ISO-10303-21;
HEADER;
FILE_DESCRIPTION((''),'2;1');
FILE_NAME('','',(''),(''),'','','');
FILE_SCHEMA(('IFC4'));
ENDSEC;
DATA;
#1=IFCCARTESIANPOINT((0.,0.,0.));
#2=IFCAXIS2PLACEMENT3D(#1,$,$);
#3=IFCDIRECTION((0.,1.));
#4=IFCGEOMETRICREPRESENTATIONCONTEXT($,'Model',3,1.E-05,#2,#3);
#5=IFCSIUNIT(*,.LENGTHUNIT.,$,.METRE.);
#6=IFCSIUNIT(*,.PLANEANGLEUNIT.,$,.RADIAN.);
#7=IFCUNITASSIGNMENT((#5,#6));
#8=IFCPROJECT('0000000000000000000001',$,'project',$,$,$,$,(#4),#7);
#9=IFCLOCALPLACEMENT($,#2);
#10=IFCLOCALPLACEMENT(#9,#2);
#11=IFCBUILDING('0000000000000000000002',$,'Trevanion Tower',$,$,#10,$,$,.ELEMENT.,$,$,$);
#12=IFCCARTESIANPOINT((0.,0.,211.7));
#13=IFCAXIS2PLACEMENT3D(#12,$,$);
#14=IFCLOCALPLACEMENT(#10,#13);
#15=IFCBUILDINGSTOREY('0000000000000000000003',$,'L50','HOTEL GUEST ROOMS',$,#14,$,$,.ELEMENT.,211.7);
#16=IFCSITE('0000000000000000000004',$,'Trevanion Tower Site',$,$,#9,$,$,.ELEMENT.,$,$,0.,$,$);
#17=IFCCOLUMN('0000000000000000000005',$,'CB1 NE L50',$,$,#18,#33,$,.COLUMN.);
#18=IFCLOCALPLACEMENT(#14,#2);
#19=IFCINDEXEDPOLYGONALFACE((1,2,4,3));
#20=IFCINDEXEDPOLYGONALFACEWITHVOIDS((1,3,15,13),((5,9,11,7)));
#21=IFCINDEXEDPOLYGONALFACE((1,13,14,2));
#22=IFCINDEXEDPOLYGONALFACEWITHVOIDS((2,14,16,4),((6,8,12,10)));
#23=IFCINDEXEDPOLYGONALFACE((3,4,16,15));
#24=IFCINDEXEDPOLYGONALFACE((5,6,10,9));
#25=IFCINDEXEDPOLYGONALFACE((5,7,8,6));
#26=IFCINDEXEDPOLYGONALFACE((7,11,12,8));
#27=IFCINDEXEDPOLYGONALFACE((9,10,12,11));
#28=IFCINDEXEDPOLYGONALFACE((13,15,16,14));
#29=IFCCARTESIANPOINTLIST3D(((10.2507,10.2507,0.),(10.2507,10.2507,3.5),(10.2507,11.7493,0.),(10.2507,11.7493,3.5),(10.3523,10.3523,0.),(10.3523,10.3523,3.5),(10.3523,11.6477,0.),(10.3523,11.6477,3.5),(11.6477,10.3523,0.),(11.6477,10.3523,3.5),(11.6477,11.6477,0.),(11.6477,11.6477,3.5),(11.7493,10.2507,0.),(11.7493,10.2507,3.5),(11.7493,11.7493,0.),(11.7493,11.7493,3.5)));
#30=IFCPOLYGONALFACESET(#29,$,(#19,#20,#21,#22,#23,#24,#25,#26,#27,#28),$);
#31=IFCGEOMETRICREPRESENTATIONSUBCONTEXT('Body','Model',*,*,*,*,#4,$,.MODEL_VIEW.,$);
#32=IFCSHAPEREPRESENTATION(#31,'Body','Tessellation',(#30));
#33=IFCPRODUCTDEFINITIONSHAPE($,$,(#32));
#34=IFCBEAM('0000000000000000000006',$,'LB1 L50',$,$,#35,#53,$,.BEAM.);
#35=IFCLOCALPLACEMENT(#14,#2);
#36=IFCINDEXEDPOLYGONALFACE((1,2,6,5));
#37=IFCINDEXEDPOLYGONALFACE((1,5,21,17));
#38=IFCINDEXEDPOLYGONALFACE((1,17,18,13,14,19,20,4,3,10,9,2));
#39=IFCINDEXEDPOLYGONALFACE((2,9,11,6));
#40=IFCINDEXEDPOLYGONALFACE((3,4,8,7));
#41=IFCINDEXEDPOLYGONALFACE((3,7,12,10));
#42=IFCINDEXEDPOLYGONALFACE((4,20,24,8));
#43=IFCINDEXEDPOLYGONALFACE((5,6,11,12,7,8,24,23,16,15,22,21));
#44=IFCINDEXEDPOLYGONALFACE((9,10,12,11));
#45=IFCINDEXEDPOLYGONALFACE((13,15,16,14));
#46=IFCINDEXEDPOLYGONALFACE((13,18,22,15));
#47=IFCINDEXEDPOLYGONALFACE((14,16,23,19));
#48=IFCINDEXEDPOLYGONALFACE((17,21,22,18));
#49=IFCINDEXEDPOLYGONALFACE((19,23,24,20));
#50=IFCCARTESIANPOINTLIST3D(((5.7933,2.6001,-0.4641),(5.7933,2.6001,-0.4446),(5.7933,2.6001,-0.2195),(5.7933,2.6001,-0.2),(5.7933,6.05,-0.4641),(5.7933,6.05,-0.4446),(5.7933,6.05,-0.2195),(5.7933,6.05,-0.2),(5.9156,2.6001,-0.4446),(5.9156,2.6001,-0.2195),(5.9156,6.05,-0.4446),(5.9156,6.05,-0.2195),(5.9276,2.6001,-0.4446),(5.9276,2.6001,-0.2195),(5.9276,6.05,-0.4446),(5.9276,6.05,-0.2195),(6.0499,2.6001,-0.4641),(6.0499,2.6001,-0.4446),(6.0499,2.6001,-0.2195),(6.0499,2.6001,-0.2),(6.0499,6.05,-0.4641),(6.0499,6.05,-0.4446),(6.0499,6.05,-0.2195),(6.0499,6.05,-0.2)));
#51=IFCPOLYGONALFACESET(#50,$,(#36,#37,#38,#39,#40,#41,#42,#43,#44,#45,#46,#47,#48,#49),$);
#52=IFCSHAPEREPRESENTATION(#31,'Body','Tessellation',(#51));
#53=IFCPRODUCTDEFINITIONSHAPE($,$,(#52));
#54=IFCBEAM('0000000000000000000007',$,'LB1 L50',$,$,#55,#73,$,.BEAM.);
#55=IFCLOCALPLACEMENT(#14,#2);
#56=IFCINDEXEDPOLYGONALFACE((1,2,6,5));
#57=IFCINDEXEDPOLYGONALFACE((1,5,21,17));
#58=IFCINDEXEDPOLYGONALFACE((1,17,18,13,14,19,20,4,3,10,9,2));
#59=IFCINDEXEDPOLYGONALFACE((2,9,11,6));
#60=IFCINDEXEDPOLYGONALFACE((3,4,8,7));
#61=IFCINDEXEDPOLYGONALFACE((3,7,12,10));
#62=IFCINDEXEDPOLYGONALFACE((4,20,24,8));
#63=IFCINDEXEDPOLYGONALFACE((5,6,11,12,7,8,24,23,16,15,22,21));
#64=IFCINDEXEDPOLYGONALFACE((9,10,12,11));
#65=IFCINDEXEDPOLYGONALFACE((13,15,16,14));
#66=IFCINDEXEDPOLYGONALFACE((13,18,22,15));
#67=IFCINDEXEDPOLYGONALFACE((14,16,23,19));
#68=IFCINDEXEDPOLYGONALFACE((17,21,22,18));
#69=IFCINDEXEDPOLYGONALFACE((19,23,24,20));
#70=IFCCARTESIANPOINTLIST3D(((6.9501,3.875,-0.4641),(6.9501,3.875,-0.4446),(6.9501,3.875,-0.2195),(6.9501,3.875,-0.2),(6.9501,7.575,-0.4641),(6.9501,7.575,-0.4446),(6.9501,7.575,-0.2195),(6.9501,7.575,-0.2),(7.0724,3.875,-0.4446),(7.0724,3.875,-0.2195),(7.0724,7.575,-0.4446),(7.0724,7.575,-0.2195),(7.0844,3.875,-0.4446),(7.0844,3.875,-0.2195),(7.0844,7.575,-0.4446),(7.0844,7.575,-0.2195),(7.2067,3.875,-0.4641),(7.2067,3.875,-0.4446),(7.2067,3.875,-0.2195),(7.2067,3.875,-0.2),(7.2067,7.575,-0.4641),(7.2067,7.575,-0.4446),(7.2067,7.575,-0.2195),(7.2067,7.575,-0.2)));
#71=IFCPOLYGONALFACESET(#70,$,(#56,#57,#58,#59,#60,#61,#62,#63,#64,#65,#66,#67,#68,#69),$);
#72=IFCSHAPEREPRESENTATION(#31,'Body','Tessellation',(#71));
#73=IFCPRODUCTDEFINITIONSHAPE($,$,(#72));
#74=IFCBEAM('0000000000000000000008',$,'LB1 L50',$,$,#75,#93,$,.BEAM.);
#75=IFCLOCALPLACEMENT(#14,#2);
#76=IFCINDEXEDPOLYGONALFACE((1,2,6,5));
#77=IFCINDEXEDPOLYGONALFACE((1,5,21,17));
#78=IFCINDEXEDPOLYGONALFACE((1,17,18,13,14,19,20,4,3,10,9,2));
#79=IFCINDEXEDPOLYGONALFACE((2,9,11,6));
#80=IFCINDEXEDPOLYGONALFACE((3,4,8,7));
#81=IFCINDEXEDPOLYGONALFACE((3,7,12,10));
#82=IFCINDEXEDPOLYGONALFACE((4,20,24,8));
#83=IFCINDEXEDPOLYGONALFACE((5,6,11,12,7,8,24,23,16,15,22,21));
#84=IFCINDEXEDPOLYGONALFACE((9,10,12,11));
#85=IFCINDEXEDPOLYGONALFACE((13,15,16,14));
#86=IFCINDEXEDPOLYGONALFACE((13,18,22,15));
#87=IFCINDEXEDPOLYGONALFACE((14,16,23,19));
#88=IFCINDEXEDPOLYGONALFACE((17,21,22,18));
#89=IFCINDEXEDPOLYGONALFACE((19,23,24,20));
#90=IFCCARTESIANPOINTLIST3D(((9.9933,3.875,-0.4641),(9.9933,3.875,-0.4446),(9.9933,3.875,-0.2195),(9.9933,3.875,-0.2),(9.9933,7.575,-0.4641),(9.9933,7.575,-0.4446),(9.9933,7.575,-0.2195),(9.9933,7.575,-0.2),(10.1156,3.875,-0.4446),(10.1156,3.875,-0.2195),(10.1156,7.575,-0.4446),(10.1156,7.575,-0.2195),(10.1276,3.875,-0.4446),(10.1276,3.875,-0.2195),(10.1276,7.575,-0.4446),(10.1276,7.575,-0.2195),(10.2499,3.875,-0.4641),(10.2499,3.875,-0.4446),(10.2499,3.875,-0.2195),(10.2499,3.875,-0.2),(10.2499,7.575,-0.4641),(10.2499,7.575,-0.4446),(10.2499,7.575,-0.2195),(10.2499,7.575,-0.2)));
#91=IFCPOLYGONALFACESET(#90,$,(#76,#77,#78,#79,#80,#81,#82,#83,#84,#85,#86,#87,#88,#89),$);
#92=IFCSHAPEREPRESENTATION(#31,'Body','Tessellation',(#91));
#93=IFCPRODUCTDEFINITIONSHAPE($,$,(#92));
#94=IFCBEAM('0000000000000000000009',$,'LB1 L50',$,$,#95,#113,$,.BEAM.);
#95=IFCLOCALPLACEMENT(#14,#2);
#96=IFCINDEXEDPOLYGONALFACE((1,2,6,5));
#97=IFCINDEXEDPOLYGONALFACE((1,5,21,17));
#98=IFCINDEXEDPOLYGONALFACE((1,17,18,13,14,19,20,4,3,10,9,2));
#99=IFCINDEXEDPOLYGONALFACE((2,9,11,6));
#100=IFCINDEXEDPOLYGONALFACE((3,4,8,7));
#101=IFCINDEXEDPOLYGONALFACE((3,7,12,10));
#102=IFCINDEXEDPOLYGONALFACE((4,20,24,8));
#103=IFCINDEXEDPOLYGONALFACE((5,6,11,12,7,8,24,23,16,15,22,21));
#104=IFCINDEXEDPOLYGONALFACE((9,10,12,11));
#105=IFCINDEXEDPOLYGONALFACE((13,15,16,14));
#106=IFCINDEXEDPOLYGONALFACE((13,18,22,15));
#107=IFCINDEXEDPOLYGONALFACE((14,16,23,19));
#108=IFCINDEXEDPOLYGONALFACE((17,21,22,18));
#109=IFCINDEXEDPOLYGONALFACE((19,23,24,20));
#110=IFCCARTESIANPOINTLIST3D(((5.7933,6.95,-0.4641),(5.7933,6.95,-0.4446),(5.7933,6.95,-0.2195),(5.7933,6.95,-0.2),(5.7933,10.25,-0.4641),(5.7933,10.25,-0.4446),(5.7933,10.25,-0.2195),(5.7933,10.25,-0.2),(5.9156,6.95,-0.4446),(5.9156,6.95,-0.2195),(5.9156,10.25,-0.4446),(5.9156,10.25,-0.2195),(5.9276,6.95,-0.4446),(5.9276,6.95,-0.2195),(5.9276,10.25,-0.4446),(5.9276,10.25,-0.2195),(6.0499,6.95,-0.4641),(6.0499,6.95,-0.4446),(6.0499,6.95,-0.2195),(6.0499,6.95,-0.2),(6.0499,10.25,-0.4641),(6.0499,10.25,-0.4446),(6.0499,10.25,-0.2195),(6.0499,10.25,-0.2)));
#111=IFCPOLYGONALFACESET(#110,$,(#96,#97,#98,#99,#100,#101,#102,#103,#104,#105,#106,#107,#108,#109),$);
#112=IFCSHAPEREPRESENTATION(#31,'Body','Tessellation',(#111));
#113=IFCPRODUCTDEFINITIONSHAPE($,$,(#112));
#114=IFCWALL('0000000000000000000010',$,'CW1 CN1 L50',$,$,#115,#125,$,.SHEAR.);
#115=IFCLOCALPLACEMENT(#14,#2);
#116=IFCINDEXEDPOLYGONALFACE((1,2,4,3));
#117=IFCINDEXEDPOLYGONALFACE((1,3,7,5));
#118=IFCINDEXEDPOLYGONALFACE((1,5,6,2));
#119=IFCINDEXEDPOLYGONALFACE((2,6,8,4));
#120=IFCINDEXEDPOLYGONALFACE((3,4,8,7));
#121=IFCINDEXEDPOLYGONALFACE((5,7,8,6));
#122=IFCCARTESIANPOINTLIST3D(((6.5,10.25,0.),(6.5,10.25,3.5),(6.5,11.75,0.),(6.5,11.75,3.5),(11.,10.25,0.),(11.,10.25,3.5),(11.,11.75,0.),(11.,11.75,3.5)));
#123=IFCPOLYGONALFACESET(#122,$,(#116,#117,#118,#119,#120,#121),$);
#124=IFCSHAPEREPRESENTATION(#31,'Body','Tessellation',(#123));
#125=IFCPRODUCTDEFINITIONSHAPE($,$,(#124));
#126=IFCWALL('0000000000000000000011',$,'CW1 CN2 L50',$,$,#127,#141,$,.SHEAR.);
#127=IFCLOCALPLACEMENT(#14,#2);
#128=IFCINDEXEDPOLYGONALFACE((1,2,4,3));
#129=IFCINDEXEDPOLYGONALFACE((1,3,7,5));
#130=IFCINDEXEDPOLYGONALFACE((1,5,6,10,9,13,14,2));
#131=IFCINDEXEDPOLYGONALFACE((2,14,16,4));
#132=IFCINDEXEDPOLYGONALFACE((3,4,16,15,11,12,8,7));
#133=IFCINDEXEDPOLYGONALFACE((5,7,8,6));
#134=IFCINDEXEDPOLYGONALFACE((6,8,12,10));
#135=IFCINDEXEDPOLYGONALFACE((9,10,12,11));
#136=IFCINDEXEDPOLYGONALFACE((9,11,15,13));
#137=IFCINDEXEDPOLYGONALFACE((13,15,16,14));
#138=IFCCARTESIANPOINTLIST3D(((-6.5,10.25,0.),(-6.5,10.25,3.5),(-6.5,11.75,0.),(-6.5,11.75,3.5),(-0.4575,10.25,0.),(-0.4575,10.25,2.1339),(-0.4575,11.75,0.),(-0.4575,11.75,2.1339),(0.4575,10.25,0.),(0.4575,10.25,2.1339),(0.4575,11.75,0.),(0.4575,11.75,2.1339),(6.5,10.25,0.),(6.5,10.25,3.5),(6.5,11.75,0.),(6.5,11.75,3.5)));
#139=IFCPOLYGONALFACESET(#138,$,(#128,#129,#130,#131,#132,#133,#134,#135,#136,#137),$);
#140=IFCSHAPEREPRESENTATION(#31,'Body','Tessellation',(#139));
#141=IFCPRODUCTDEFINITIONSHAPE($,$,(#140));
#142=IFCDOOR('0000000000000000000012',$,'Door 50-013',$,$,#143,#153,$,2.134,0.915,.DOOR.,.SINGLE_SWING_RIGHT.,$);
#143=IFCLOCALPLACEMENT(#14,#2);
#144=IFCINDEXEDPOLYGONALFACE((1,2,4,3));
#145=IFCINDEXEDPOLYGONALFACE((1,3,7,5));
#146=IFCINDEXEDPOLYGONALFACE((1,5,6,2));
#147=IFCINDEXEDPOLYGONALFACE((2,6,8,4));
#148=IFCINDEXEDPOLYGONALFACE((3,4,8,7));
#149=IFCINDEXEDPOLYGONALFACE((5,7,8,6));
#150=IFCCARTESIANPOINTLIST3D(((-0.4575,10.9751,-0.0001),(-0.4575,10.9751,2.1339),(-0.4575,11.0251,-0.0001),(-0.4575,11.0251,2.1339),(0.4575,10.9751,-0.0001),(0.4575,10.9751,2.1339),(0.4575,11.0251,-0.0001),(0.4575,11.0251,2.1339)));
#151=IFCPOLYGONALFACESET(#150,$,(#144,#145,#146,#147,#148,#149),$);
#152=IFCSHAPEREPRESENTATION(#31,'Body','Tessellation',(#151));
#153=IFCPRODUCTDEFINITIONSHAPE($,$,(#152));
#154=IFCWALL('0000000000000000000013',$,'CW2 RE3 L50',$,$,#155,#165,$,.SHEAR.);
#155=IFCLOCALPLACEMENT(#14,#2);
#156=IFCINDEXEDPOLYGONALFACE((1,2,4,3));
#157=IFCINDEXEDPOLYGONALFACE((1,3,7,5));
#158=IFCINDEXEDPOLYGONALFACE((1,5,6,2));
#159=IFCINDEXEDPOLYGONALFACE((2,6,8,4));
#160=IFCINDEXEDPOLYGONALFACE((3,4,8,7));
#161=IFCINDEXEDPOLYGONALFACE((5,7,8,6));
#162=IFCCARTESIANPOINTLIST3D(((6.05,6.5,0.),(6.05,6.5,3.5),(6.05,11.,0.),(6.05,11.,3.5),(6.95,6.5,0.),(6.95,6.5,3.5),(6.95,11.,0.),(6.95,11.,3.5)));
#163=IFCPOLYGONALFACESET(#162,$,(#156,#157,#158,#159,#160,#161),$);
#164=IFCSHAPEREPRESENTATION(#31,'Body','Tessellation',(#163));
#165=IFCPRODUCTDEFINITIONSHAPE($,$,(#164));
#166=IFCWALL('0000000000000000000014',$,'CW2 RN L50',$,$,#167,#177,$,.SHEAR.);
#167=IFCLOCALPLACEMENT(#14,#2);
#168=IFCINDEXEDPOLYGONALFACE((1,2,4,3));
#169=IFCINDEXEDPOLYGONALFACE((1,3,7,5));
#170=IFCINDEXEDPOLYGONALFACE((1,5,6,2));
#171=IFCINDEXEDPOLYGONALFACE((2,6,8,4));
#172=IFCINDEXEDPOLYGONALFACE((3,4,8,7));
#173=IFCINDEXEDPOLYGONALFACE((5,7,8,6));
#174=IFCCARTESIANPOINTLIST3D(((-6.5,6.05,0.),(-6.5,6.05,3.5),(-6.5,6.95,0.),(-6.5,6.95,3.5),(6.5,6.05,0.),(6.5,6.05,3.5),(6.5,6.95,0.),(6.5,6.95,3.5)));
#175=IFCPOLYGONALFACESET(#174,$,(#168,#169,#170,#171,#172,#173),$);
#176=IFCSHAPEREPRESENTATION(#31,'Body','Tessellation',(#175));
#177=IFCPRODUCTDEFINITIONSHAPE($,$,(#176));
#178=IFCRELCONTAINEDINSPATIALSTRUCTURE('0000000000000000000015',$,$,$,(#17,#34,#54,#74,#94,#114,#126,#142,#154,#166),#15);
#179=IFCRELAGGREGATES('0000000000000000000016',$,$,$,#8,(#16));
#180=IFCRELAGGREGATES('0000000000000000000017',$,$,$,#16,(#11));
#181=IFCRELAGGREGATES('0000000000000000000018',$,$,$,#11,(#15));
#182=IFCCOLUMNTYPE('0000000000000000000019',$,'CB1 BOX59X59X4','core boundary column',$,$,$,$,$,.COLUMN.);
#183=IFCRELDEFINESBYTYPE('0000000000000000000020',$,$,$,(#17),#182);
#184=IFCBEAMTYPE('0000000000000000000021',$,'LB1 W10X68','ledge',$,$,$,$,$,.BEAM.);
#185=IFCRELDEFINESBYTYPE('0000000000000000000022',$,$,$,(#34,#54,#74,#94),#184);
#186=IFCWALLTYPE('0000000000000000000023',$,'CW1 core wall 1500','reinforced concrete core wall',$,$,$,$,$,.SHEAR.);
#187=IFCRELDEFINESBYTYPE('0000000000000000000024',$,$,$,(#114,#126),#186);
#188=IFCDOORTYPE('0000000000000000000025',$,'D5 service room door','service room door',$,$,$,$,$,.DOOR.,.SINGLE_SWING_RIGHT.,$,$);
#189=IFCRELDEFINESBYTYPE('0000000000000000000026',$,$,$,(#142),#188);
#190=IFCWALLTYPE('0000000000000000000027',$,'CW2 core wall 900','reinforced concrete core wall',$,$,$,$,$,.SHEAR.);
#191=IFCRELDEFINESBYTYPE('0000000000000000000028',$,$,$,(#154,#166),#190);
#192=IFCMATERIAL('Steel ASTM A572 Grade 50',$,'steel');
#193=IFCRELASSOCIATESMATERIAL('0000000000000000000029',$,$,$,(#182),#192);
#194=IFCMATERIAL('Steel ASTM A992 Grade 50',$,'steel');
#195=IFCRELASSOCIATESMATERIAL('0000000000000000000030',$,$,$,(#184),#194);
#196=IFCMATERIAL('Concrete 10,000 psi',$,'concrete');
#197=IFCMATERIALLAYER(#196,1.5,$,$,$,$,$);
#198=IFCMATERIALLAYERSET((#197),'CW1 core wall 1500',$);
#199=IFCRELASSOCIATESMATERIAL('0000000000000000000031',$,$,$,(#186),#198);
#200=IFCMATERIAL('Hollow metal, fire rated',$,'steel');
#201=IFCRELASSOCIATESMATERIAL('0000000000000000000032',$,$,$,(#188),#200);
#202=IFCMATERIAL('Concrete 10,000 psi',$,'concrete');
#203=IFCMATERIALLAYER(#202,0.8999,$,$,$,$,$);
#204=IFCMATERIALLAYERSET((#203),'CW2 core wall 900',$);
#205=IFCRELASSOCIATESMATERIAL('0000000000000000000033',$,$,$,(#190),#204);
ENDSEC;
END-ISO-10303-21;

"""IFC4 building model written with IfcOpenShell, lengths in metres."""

from ifc_helpers import new_model, si_unit, direction, frame, frame_2d, origin, origin_2d, place, context, subcontext, project, spatial, rectangle, hollow_rectangle, i_section, extrude, material, layer, layer_set, material_profile, profile_set, type_object, element, fill, save


model = new_model("IFC4")

# Units and contexts
model_context = context("Model", 3, precision=1e-05, world=origin(), true_north=direction((0.0, 1.0)))
body_context = subcontext(model_context, "Body", "Model", "MODEL_VIEW")
ifc_project = project(units=[si_unit("LENGTHUNIT", "METRE"), si_unit("PLANEANGLEUNIT", "RADIAN")], contexts=[model_context])

# Site, building, storey
site_placement = place(None, origin())
site = spatial("IfcSite", under=ifc_project, at=site_placement, Name="Trevanion Tower Site", CompositionType="ELEMENT", RefElevation=0.0)
building_placement = place(site_placement, origin())
building = spatial("IfcBuilding", under=site, at=building_placement, Name="Trevanion Tower", CompositionType="ELEMENT")
storey_placement = place(building_placement, frame((0.0, 0.0, 211.7)))
storey = spatial("IfcBuildingStorey", under=building, at=storey_placement, Name="L50", Description="HOTEL GUEST ROOMS", CompositionType="ELEMENT", Elevation=211.7)

# Column
ifc_material_1 = material(Name="Steel ASTM A572 Grade 50", Category="steel")
ifc_material_profile_1 = material_profile(ifc_material_1, hollow_rectangle(XDim=1.4985, YDim=1.4985, WallThickness=0.1016, at=origin_2d()), Name="BOX59X59X4")
ifc_profile_set_1 = profile_set([ifc_material_profile_1], Name="Steel ASTM A572 Grade 50")
column_type = type_object("IfcColumnType", Name="CB1 BOX59X59X4", Description="core boundary column", PredefinedType="COLUMN", material=ifc_profile_set_1)
column_placement = place(storey_placement, frame((11.0, 11.0, 0.0), z_axis=(0.0, 0.0, 1.0), x_axis=(1.0, 0.0, 0.0)))
element("IfcColumn", 1, at=column_placement, inside=storey, type_object=column_type, Name="CB1 NE L50", PredefinedType="COLUMN", context=body_context, shape_type="SweptSolid", body=[
    extrude(hollow_rectangle(XDim=1.4985, YDim=1.4985, WallThickness=0.1016, at=origin_2d()), origin(), (0.0, 0.0, 1.0), 3.5),
])

# Beams
ifc_material_2 = material(Name="Steel ASTM A992 Grade 50", Category="steel")
ifc_material_profile_2 = material_profile(ifc_material_2, i_section(OverallWidth=0.2566, OverallDepth=0.2642, WebThickness=0.012, FlangeThickness=0.0195, at=origin_2d()), Name="W10X68")
ifc_profile_set_2 = profile_set([ifc_material_profile_2], Name="Steel ASTM A992 Grade 50")
beam_type = type_object("IfcBeamType", Name="LB1 W10X68", Description="ledge", PredefinedType="BEAM", material=ifc_profile_set_2)
beam_1_placement = place(storey_placement, frame((5.9216, 2.6001, -0.332), z_axis=(0.0, 1.0, 0.0), x_axis=(-1.0, 0.0, 0.0)))
element("IfcBeam", 2, at=beam_1_placement, inside=storey, type_object=beam_type, Name="LB1 L50", PredefinedType="BEAM", context=body_context, shape_type="SweptSolid", body=[
    extrude(i_section(OverallWidth=0.2566, OverallDepth=0.2642, WebThickness=0.012, FlangeThickness=0.0195, at=origin_2d()), origin(), (0.0, 0.0, 1.0), 3.45),
])
for number, where, z_axis, x_axis, name in (
    (3, (7.0784, 3.875, -0.332), (0.0, 1.0, 0.0), (-1.0, 0.0, 0.0), "LB1 L50"),
    (4, (10.1216, 3.875, -0.332), (0.0, 1.0, 0.0), (-1.0, 0.0, 0.0), "LB1 L50"),
):
    element("IfcBeam", number, at=place(storey_placement, frame(where, z_axis=z_axis, x_axis=x_axis)), inside=storey, type_object=beam_type, Name=name, PredefinedType="BEAM", context=body_context, shape_type="SweptSolid", body=[
        extrude(i_section(OverallWidth=0.2566, OverallDepth=0.2642, WebThickness=0.012, FlangeThickness=0.0195, at=origin_2d()), origin(), (0.0, 0.0, 1.0), 3.7),
    ])
beam_2_placement = place(storey_placement, frame((5.9216, 6.95, -0.332), z_axis=(0.0, 1.0, 0.0), x_axis=(-1.0, 0.0, 0.0)))
element("IfcBeam", 5, at=beam_2_placement, inside=storey, type_object=beam_type, Name="LB1 L50", PredefinedType="BEAM", context=body_context, shape_type="SweptSolid", body=[
    extrude(i_section(OverallWidth=0.2566, OverallDepth=0.2642, WebThickness=0.012, FlangeThickness=0.0195, at=origin_2d()), origin(), (0.0, 0.0, 1.0), 3.3),
])

# Wall
ifc_material_3 = material(Name="Concrete 10,000 psi", Category="concrete")
ifc_layer_1 = layer(ifc_material_3, 1.5)
ifc_layer_set_1 = layer_set([ifc_layer_1], Name="CW1 core wall 1500")
wall_type_1 = type_object("IfcWallType", Name="CW1 core wall 1500", Description="reinforced concrete core wall", PredefinedType="SHEAR", material=ifc_layer_set_1)
wall_1_placement = place(storey_placement, frame((11.0, 11.0, 0.0), z_axis=(0.0, 0.0, 1.0), x_axis=(-1.0, 0.0, 0.0)))
element("IfcWall", 6, at=wall_1_placement, inside=storey, type_object=wall_type_1, Name="CW1 CN1 L50", PredefinedType="SHEAR", context=body_context, shape_type="SweptSolid", body=[
    extrude(rectangle(XDim=4.5, YDim=1.5, at=frame_2d((2.25, 0.0))), origin(), (0.0, 0.0, 1.0), 3.5),
])

# Wall, opening, door
wall_2_placement = place(storey_placement, frame((6.5, 11.0, 0.0), z_axis=(0.0, 0.0, 1.0), x_axis=(-1.0, 0.0, 0.0)))
wall_2 = element("IfcWall", 7, at=wall_2_placement, inside=storey, type_object=wall_type_1, Name="CW1 CN2 L50", PredefinedType="SHEAR", context=body_context, shape_type="SweptSolid", body=[
    extrude(rectangle(XDim=13.0, YDim=1.5, at=frame_2d((6.5, 0.0))), origin(), (0.0, 0.0, 1.0), 3.5),
])
opening_1_placement = place(wall_2_placement, frame((6.0425, 0.0, 0.0)))
opening_1 = element("IfcOpeningElement", 8, at=opening_1_placement, cuts=wall_2, PredefinedType="OPENING", context=body_context, shape_type="SweptSolid", body=[
    extrude(rectangle(XDim=0.915, YDim=2.134, at=frame_2d((0.4575, 1.0669))), frame((0.0, 0.76, 0.0), z_axis=(0.0, -1.0, 0.0), x_axis=(1.0, 0.0, 0.0)), (0.0, 0.0, 1.0), 1.52),
])
ifc_material_4 = material(Name="Hollow metal, fire rated", Category="steel")
door_type_1 = type_object("IfcDoorType", Name="D5 service room door", Description="service room door", OperationType="SINGLE_SWING_RIGHT", PredefinedType="DOOR", material=ifc_material_4)
door_1_placement = place(opening_1_placement, origin())
door_1 = element("IfcDoor", 9, at=door_1_placement, inside=storey, type_object=door_type_1, Name="Door 50-013", OperationType="SINGLE_SWING_RIGHT", OverallHeight=2.134, OverallWidth=0.915, PredefinedType="DOOR", context=body_context, shape_type="SweptSolid", body=[
    extrude(rectangle(XDim=0.915, YDim=2.134, at=frame_2d((0.4575, 1.0669))), frame((0.0, 0.0249, 0.0), z_axis=(0.0, -1.0, 0.0), x_axis=(1.0, 0.0, 0.0)), (0.0, 0.0, 1.0), 0.05),
])
fill(opening_1, door_1)

# Walls
ifc_material_5 = material(Name="Concrete 10,000 psi", Category="concrete")
ifc_layer_2 = layer(ifc_material_5, 0.8999)
ifc_layer_set_2 = layer_set([ifc_layer_2], Name="CW2 core wall 900")
wall_type_2 = type_object("IfcWallType", Name="CW2 core wall 900", Description="reinforced concrete core wall", PredefinedType="SHEAR", material=ifc_layer_set_2)
wall_3_placement = place(storey_placement, frame((6.5, 6.5, 0.0), z_axis=(0.0, 0.0, 1.0), x_axis=(0.0, 1.0, 0.0)))
element("IfcWall", 10, at=wall_3_placement, inside=storey, type_object=wall_type_2, Name="CW2 RE3 L50", PredefinedType="SHEAR", context=body_context, shape_type="SweptSolid", body=[
    extrude(rectangle(XDim=4.5, YDim=0.8999, at=frame_2d((2.25, 0.0))), origin(), (0.0, 0.0, 1.0), 3.5),
])
wall_4_placement = place(storey_placement, frame((6.5, 6.5, 0.0), z_axis=(0.0, 0.0, 1.0), x_axis=(-1.0, 0.0, 0.0)))
element("IfcWall", 11, at=wall_4_placement, inside=storey, type_object=wall_type_2, Name="CW2 RN L50", PredefinedType="SHEAR", context=body_context, shape_type="SweptSolid", body=[
    extrude(rectangle(XDim=13.0, YDim=0.8999, at=frame_2d((6.5, 0.0))), origin(), (0.0, 0.0, 1.0), 3.5),
])

save(model, "model.ifc")
